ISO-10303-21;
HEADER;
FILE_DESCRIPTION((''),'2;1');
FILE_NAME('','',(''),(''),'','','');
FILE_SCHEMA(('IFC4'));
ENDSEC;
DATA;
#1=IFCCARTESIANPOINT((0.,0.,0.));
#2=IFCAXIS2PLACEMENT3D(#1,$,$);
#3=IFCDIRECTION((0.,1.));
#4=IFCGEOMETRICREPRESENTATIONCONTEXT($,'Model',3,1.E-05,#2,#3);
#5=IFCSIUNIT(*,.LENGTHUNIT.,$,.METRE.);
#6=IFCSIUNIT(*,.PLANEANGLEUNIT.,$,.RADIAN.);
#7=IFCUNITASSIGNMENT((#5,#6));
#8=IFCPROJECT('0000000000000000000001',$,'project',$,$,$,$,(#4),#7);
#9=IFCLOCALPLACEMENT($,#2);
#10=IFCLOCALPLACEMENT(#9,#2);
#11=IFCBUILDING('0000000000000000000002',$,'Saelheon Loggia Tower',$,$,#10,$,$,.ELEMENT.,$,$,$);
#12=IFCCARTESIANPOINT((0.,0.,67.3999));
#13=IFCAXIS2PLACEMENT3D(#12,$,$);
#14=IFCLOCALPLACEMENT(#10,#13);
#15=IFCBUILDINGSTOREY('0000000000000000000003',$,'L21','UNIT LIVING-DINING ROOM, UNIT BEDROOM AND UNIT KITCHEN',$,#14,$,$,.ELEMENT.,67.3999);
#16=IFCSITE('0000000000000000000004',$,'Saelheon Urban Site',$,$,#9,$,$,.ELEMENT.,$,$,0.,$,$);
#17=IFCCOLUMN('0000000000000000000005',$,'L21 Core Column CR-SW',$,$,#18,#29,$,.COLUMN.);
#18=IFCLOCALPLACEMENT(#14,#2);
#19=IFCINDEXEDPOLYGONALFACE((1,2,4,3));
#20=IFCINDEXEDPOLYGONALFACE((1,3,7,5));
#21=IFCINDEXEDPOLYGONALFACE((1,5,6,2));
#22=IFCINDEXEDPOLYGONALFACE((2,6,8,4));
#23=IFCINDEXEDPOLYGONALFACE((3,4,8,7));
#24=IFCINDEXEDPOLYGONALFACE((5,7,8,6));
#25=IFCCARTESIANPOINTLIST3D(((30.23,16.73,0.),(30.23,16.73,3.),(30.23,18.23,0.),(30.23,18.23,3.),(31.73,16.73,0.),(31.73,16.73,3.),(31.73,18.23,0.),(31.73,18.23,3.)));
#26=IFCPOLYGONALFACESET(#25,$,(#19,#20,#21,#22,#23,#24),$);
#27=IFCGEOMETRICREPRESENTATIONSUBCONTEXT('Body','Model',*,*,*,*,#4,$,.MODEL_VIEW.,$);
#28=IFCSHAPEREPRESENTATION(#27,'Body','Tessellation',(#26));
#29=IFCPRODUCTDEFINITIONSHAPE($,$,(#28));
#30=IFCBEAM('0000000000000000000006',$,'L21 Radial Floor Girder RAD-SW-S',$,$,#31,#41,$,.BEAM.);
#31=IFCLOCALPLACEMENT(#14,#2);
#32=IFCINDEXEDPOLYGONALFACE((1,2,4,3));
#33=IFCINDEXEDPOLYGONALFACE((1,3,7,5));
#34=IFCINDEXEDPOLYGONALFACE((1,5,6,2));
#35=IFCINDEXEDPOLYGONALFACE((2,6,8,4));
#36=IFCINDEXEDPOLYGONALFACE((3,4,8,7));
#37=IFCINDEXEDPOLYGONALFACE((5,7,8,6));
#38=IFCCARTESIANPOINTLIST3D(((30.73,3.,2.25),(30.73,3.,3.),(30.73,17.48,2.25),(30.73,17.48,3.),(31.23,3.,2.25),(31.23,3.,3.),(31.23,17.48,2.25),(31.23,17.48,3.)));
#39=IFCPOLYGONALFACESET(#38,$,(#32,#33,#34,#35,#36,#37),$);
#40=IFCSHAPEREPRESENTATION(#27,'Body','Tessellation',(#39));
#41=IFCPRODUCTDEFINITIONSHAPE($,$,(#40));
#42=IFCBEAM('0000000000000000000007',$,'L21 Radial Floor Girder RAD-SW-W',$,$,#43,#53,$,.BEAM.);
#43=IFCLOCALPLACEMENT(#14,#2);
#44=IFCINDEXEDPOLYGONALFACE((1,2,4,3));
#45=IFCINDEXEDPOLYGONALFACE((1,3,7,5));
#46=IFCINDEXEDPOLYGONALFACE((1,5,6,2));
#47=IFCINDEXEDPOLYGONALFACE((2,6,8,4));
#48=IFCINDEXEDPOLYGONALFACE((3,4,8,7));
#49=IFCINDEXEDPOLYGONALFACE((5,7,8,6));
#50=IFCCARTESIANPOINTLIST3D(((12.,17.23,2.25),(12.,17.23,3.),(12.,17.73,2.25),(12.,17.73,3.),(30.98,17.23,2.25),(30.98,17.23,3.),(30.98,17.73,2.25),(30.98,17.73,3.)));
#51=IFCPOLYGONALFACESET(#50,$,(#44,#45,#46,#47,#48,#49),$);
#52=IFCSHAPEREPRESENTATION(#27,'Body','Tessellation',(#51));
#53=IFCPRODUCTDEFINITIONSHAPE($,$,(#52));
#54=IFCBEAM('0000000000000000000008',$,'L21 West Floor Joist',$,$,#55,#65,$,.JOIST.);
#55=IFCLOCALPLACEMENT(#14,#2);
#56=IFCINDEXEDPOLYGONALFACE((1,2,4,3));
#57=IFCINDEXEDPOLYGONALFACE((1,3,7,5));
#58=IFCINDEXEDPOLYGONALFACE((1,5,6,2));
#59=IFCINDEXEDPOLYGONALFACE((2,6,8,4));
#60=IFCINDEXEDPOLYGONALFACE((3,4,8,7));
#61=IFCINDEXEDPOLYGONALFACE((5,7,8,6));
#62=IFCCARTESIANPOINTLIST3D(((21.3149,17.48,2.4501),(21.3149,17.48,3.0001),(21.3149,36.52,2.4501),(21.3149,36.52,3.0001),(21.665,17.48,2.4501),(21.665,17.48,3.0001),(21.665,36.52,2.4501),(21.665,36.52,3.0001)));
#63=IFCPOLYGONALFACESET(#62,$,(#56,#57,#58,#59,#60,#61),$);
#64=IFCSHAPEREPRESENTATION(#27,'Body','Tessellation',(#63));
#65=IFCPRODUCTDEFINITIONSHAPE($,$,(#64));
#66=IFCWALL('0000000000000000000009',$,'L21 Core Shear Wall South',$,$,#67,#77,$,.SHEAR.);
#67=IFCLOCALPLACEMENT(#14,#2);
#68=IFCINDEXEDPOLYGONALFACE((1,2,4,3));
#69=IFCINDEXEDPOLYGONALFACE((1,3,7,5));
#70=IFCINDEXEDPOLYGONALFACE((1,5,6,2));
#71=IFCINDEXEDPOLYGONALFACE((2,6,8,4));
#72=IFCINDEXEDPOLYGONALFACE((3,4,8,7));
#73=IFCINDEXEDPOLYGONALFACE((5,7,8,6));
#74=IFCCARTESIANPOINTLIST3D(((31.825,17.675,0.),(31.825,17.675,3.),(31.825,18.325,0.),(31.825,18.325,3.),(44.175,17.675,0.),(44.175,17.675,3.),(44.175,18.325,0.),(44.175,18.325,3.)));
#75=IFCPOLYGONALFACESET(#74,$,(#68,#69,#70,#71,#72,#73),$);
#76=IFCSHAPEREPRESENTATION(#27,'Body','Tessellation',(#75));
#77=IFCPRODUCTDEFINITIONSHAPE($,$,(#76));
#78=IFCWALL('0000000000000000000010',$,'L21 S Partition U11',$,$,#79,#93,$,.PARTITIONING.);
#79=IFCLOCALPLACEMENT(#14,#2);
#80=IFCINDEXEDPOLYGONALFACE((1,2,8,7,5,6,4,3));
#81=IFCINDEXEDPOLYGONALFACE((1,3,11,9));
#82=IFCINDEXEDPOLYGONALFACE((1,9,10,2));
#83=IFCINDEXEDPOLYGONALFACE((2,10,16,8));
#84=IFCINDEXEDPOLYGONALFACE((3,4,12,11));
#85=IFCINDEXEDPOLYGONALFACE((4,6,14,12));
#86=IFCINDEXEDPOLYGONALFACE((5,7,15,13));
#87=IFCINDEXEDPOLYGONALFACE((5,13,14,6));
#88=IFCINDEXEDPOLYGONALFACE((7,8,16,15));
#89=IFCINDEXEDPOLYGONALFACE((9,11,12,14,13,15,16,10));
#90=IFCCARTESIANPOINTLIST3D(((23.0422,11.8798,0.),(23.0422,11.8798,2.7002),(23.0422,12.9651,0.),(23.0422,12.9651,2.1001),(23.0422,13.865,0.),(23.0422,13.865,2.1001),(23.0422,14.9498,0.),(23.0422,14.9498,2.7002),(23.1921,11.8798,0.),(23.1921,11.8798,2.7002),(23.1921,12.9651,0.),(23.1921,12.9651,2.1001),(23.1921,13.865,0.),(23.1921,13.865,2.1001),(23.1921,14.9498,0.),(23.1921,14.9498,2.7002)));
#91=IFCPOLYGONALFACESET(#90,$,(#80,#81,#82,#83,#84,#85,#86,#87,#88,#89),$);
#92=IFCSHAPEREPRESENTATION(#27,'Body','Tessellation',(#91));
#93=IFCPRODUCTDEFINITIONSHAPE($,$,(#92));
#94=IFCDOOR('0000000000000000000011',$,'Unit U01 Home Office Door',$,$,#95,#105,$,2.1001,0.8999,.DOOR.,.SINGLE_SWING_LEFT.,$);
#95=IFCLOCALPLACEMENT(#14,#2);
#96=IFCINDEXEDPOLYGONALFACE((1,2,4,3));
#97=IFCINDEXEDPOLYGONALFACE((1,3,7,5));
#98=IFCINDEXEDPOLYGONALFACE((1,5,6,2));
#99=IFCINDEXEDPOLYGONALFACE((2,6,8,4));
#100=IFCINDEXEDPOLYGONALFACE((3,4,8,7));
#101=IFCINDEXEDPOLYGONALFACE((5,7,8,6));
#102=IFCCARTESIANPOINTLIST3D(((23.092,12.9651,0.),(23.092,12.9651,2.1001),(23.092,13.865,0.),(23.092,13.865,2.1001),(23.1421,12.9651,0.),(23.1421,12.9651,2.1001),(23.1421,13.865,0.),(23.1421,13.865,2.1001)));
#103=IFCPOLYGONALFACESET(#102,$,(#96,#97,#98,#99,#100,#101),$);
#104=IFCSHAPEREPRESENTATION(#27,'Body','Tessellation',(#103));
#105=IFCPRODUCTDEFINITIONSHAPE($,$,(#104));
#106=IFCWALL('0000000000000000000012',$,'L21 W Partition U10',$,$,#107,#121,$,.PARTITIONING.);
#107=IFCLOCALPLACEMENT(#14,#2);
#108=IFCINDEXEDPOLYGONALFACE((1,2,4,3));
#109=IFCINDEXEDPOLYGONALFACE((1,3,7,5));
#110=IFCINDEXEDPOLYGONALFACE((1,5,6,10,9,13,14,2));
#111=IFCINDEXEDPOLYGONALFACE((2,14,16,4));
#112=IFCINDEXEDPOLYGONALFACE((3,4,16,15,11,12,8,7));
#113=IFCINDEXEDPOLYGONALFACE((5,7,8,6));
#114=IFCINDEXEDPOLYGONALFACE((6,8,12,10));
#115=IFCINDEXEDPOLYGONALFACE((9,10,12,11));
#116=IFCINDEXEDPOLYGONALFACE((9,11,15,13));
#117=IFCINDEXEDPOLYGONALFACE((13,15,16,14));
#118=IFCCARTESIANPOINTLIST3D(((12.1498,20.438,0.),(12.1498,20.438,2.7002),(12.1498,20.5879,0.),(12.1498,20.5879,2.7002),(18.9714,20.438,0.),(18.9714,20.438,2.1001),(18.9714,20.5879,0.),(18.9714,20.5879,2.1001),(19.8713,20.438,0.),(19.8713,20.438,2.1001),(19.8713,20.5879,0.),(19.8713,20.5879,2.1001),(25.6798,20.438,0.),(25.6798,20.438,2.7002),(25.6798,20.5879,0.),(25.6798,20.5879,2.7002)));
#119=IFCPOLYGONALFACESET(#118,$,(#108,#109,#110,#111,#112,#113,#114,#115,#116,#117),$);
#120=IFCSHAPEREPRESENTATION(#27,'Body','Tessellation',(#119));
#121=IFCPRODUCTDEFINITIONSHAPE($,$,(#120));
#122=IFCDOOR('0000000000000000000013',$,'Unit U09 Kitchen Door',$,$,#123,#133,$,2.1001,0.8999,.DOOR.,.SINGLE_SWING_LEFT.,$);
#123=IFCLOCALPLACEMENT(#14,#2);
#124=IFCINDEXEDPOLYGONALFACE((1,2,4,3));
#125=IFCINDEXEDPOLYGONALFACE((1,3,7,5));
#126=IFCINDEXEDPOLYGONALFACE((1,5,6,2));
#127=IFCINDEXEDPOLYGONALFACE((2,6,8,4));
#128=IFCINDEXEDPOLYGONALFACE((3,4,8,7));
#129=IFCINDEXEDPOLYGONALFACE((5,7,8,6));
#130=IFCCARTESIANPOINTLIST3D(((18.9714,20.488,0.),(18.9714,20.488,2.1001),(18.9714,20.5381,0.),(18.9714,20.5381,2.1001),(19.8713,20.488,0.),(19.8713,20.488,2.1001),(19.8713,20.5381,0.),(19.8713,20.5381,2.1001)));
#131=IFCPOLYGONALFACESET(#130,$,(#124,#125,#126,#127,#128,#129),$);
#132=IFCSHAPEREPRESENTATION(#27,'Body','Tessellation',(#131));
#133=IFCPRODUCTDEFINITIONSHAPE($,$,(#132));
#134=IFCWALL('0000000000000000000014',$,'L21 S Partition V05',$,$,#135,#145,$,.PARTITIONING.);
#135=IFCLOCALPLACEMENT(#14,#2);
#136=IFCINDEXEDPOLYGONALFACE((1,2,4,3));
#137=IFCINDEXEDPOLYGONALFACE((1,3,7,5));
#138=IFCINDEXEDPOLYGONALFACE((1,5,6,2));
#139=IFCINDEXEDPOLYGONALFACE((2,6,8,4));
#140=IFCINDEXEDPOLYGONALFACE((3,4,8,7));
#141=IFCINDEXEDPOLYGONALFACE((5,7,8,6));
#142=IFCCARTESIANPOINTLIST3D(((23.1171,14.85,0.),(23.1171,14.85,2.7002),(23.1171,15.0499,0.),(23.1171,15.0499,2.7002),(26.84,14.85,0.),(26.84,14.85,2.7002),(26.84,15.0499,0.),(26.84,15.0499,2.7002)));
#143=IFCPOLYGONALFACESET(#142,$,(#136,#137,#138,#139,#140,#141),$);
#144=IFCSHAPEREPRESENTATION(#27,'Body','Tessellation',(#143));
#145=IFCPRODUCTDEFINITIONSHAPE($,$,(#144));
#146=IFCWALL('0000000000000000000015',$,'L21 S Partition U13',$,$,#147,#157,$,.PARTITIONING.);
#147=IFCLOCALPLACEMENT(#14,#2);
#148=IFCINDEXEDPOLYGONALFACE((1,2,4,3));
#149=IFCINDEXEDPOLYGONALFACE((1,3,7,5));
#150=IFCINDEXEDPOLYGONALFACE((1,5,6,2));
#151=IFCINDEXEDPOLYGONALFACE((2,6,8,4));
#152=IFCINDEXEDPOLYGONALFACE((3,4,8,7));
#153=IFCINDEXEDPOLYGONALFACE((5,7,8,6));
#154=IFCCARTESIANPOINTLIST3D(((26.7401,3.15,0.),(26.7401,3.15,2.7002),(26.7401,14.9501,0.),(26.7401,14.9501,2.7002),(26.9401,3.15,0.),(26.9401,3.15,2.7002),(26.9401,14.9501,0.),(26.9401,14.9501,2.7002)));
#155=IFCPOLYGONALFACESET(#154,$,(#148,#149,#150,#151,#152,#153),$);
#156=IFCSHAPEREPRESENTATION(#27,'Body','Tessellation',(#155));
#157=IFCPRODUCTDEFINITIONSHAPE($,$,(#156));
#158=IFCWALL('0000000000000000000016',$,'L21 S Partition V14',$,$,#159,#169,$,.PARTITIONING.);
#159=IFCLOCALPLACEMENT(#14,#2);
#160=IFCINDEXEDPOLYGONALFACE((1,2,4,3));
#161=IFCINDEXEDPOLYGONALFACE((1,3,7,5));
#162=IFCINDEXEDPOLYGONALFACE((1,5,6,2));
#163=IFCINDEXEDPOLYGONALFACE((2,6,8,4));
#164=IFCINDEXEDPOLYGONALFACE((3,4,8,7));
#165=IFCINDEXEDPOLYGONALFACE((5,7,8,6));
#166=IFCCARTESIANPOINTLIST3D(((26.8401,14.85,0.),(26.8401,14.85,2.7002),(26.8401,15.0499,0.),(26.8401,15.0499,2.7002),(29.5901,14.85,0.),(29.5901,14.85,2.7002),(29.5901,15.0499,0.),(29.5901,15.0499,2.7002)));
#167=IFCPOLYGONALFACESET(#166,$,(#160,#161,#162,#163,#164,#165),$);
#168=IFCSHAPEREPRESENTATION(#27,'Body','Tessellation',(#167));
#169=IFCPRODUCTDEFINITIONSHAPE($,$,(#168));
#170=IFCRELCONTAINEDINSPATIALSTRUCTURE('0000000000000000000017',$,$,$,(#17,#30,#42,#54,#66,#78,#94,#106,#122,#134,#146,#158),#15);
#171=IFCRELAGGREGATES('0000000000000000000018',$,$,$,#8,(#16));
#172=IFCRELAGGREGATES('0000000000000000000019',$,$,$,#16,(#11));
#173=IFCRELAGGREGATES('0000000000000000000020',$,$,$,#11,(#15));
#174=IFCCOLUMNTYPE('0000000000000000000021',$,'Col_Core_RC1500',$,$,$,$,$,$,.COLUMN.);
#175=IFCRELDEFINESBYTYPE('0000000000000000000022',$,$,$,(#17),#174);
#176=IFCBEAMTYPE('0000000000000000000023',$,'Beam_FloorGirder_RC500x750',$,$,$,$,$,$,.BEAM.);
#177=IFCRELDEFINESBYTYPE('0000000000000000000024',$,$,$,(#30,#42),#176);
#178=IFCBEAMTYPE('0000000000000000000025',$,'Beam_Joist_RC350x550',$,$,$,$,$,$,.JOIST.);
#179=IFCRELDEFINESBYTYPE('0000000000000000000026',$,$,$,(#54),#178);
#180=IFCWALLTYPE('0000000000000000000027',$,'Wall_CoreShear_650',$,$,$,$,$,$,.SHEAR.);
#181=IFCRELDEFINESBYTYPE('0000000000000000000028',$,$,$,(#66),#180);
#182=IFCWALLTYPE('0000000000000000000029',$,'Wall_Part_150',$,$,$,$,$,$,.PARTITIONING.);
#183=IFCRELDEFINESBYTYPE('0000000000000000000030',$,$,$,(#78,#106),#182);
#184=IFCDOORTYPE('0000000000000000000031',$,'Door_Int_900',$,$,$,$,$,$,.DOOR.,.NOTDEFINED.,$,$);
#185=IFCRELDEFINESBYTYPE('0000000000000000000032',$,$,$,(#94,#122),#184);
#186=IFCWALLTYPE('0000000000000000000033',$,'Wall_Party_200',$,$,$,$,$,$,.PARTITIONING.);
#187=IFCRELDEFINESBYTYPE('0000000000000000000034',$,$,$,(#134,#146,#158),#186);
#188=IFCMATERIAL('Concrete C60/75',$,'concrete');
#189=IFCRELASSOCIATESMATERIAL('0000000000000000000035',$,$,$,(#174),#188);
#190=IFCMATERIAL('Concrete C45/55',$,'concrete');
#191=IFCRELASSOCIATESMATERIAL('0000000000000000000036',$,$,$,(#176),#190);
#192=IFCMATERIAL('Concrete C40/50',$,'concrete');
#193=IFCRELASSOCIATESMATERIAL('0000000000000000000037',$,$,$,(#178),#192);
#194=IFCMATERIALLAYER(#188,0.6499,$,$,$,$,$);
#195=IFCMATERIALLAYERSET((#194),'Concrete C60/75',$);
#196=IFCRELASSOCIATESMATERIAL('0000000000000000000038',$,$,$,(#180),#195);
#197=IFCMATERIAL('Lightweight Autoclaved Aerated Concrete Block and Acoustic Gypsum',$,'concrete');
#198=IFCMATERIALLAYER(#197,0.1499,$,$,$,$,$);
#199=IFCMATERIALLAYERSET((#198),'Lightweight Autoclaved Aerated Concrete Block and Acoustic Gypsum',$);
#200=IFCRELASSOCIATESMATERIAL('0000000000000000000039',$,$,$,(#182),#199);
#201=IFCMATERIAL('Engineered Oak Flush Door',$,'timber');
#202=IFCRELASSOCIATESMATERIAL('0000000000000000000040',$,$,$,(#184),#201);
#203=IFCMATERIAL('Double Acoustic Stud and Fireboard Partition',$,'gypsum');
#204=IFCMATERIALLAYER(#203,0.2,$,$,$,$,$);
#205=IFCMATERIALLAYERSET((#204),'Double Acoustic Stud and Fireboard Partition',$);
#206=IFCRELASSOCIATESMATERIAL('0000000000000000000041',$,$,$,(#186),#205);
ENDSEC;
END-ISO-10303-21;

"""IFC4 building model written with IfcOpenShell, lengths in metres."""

from ifc_helpers import new_model, si_unit, direction, frame, frame_2d, origin, origin_2d, place, context, subcontext, project, spatial, rectangle, extrude, source, transform, mapped, material, layer, layer_set, material_profile, profile_set, type_object, element, fill, save


model = new_model("IFC4")

# Units and contexts
model_context = context("Model", 3, precision=1e-05, world=origin(), true_north=direction((0.0, 1.0)))
body_context = subcontext(model_context, "Body", "Model", "MODEL_VIEW")
ifc_project = project(units=[si_unit("LENGTHUNIT", "METRE"), si_unit("PLANEANGLEUNIT", "RADIAN")], contexts=[model_context])

# Site, building, storey
site_placement = place(None, origin())
site = spatial("IfcSite", under=ifc_project, at=site_placement, Name="Saelheon Urban Site", CompositionType="ELEMENT", RefElevation=0.0)
building_placement = place(site_placement, origin())
building = spatial("IfcBuilding", under=site, at=building_placement, Name="Saelheon Loggia Tower", CompositionType="ELEMENT")
storey_placement = place(building_placement, frame((0.0, 0.0, 67.3999)))
storey = spatial("IfcBuildingStorey", under=building, at=storey_placement, Name="L21", Description="UNIT LIVING-DINING ROOM, UNIT BEDROOM AND UNIT KITCHEN", CompositionType="ELEMENT", Elevation=67.3999)

# Column
ifc_material_1 = material(Name="Concrete C60/75", Category="concrete")
ifc_material_profile_1 = material_profile(ifc_material_1, rectangle(XDim=1.5, YDim=1.5, at=origin_2d()), Name="RC-1500x1500")
ifc_profile_set_1 = profile_set([ifc_material_profile_1], Name="Concrete C60/75")
column_type = type_object("IfcColumnType", Name="Col_Core_RC1500", PredefinedType="COLUMN", material=ifc_profile_set_1)
shared_shape_1 = source(origin(), body_context, "Body", "SweptSolid", [
    extrude(rectangle(XDim=1.5, YDim=1.5, at=origin_2d()), origin(), (0.0, 0.0, 1.0), 3.0),
])
column_placement = place(storey_placement, frame((30.98, 17.48, 0.0), z_axis=(0.0, 0.0, 1.0), x_axis=(1.0, 0.0, 0.0)))
element("IfcColumn", 1, at=column_placement, inside=storey, type_object=column_type, Name="L21 Core Column CR-SW", PredefinedType="COLUMN", context=body_context, shape_type="MappedRepresentation", body=[
    mapped(shared_shape_1, transform((0.0, 0.0, 0.0), scale=1.0)),
])

# Beams
ifc_material_2 = material(Name="Concrete C45/55", Category="concrete")
ifc_material_profile_2 = material_profile(ifc_material_2, rectangle(XDim=0.5, YDim=0.75, at=origin_2d()), Name="RC-500x750")
ifc_profile_set_2 = profile_set([ifc_material_profile_2], Name="Concrete C45/55")
beam_type_1 = type_object("IfcBeamType", Name="Beam_FloorGirder_RC500x750", PredefinedType="BEAM", material=ifc_profile_set_2)
shared_shape_2 = source(origin(), body_context, "Body", "SweptSolid", [
    extrude(rectangle(XDim=0.5, YDim=0.75, at=origin_2d()), origin(), (0.0, 0.0, 1.0), 14.48),
])
beam_1_placement = place(storey_placement, frame((30.98, 17.48, 2.625), z_axis=(0.0, -1.0, 0.0), x_axis=(1.0, 0.0, 0.0)))
element("IfcBeam", 2, at=beam_1_placement, inside=storey, type_object=beam_type_1, Name="L21 Radial Floor Girder RAD-SW-S", PredefinedType="BEAM", context=body_context, shape_type="MappedRepresentation", body=[
    mapped(shared_shape_2, transform((0.0, 0.0, 0.0), scale=1.0)),
])
shared_shape_3 = source(origin(), body_context, "Body", "SweptSolid", [
    extrude(rectangle(XDim=0.5, YDim=0.75, at=origin_2d()), origin(), (0.0, 0.0, 1.0), 18.98),
])
beam_2_placement = place(storey_placement, frame((30.98, 17.48, 2.625), z_axis=(-1.0, 0.0, 0.0), x_axis=(0.0, -1.0, 0.0)))
element("IfcBeam", 3, at=beam_2_placement, inside=storey, type_object=beam_type_1, Name="L21 Radial Floor Girder RAD-SW-W", PredefinedType="BEAM", context=body_context, shape_type="MappedRepresentation", body=[
    mapped(shared_shape_3, transform((0.0, 0.0, 0.0), scale=1.0)),
])
ifc_material_3 = material(Name="Concrete C40/50", Category="concrete")
ifc_material_profile_3 = material_profile(ifc_material_3, rectangle(XDim=0.3501, YDim=0.55, at=origin_2d()), Name="RC-350x550")
ifc_profile_set_3 = profile_set([ifc_material_profile_3], Name="Concrete C40/50")
beam_type_2 = type_object("IfcBeamType", Name="Beam_Joist_RC350x550", PredefinedType="JOIST", material=ifc_profile_set_3)
shared_shape_4 = source(origin(), body_context, "Body", "SweptSolid", [
    extrude(rectangle(XDim=0.3501, YDim=0.55, at=origin_2d()), origin(), (0.0, 0.0, 1.0), 19.04),
])
beam_3_placement = place(storey_placement, frame((21.49, 17.48, 2.7251), z_axis=(0.0, 1.0, 0.0), x_axis=(-1.0, 0.0, 0.0)))
element("IfcBeam", 4, at=beam_3_placement, inside=storey, type_object=beam_type_2, Name="L21 West Floor Joist", PredefinedType="JOIST", context=body_context, shape_type="MappedRepresentation", body=[
    mapped(shared_shape_4, transform((0.0, 0.0, 0.0), scale=1.0)),
])

# Shared definitions
ifc_layer_1 = layer(ifc_material_1, 0.6499)
ifc_layer_set_1 = layer_set([ifc_layer_1], Name="Concrete C60/75")
wall_type_1 = type_object("IfcWallType", Name="Wall_CoreShear_650", PredefinedType="SHEAR", material=ifc_layer_set_1)

# Wall
wall_1_placement = place(storey_placement, frame((31.825, 18.0, 0.0), z_axis=(0.0, 0.0, 1.0), x_axis=(1.0, 0.0, 0.0)))
element("IfcWall", 5, at=wall_1_placement, inside=storey, type_object=wall_type_1, Name="L21 Core Shear Wall South", PredefinedType="SHEAR", context=body_context, shape_type="SweptSolid", body=[
    extrude(rectangle(XDim=12.3501, YDim=0.6499, at=frame_2d((6.175, 0.0))), origin(), (0.0, 0.0, 1.0), 3.0),
])

# Walls, openings, doors
ifc_material_4 = material(Name="Lightweight Autoclaved Aerated Concrete Block and Acoustic Gypsum", Category="concrete")
ifc_layer_2 = layer(ifc_material_4, 0.1499)
ifc_layer_set_2 = layer_set([ifc_layer_2], Name="Lightweight Autoclaved Aerated Concrete Block and Acoustic Gypsum")
wall_type_2 = type_object("IfcWallType", Name="Wall_Part_150", PredefinedType="PARTITIONING", material=ifc_layer_set_2)
wall_2_placement = place(storey_placement, frame((23.1172, 14.95, 0.0), z_axis=(0.0, 0.0, 1.0), x_axis=(0.0, -1.0, 0.0)))
wall_2 = element("IfcWall", 6, at=wall_2_placement, inside=storey, type_object=wall_type_2, Name="L21 S Partition U11", PredefinedType="PARTITIONING", context=body_context, shape_type="SweptSolid", body=[
    extrude(rectangle(XDim=3.0701, YDim=0.1499, at=frame_2d((1.5352, 0.0))), origin(), (0.0, 0.0, 1.0), 2.7002),
])
opening_1_placement = place(wall_2_placement, frame((1.085, 0.0, 0.0)))
opening_1 = element("IfcOpeningElement", 7, at=opening_1_placement, cuts=wall_2, PredefinedType="OPENING", context=body_context, shape_type="SweptSolid", body=[
    extrude(rectangle(XDim=0.8999, YDim=2.1001, at=frame_2d((0.45, 1.05))), frame((0.0, 0.0869, 0.0), z_axis=(0.0, -1.0, 0.0), x_axis=(1.0, 0.0, 0.0)), (0.0, 0.0, 1.0), 0.1738),
])
ifc_material_5 = material(Name="Engineered Oak Flush Door", Category="timber")
door_type_1 = type_object("IfcDoorType", Name="Door_Int_900", OperationType="NOTDEFINED", PredefinedType="DOOR", material=ifc_material_5)
shared_shape_5 = source(origin(), body_context, "Body", "SweptSolid", [
    extrude(rectangle(XDim=0.8999, YDim=2.1001, at=frame_2d((0.45, 1.05))), frame((0.0, 0.0249, 0.0), z_axis=(0.0, -1.0, 0.0), x_axis=(1.0, 0.0, 0.0)), (0.0, 0.0, 1.0), 0.05),
])
door_1_placement = place(opening_1_placement, origin())
door_1 = element("IfcDoor", 8, at=door_1_placement, inside=storey, type_object=door_type_1, Name="Unit U01 Home Office Door", OperationType="SINGLE_SWING_LEFT", OverallHeight=2.1001, OverallWidth=0.8999, PredefinedType="DOOR", context=body_context, shape_type="MappedRepresentation", body=[
    mapped(shared_shape_5, transform((0.0, 0.0, 0.0), scale=1.0)),
])
fill(opening_1, door_1)
wall_3_placement = place(storey_placement, frame((25.6799, 20.5129, 0.0), z_axis=(0.0, 0.0, 1.0), x_axis=(-1.0, 0.0, 0.0)))
wall_3 = element("IfcWall", 9, at=wall_3_placement, inside=storey, type_object=wall_type_2, Name="L21 W Partition U10", PredefinedType="PARTITIONING", context=body_context, shape_type="SweptSolid", body=[
    extrude(rectangle(XDim=13.53, YDim=0.1499, at=frame_2d((6.7651, 0.0))), origin(), (0.0, 0.0, 1.0), 2.7002),
])
opening_2_placement = place(wall_3_placement, frame((5.8086, 0.0, 0.0)))
opening_2 = element("IfcOpeningElement", 10, at=opening_2_placement, cuts=wall_3, PredefinedType="OPENING", context=body_context, shape_type="SweptSolid", body=[
    extrude(rectangle(XDim=0.8999, YDim=2.1001, at=frame_2d((0.45, 1.05))), frame((0.0, 0.0869, 0.0), z_axis=(0.0, -1.0, 0.0), x_axis=(1.0, 0.0, 0.0)), (0.0, 0.0, 1.0), 0.1738),
])
door_2_placement = place(opening_2_placement, origin())
door_2 = element("IfcDoor", 11, at=door_2_placement, inside=storey, type_object=door_type_1, Name="Unit U09 Kitchen Door", OperationType="SINGLE_SWING_LEFT", OverallHeight=2.1001, OverallWidth=0.8999, PredefinedType="DOOR", context=body_context, shape_type="MappedRepresentation", body=[
    mapped(shared_shape_5, transform((0.0, 0.0, 0.0), scale=1.0)),
])
fill(opening_2, door_2)

# Walls
ifc_material_6 = material(Name="Double Acoustic Stud and Fireboard Partition", Category="gypsum")
ifc_layer_3 = layer(ifc_material_6, 0.2)
ifc_layer_set_3 = layer_set([ifc_layer_3], Name="Double Acoustic Stud and Fireboard Partition")
wall_type_3 = type_object("IfcWallType", Name="Wall_Party_200", PredefinedType="PARTITIONING", material=ifc_layer_set_3)
wall_4_placement = place(storey_placement, frame((23.1172, 14.95, 0.0), z_axis=(0.0, 0.0, 1.0), x_axis=(1.0, 0.0, 0.0)))
element("IfcWall", 12, at=wall_4_placement, inside=storey, type_object=wall_type_3, Name="L21 S Partition V05", PredefinedType="PARTITIONING", context=body_context, shape_type="SweptSolid", body=[
    extrude(rectangle(XDim=3.7229, YDim=0.2, at=frame_2d((1.8613, 0.0))), origin(), (0.0, 0.0, 1.0), 2.7002),
])
wall_5_placement = place(storey_placement, frame((26.8401, 14.95, 0.0), z_axis=(0.0, 0.0, 1.0), x_axis=(0.0, -1.0, 0.0)))
element("IfcWall", 13, at=wall_5_placement, inside=storey, type_object=wall_type_3, Name="L21 S Partition U13", PredefinedType="PARTITIONING", context=body_context, shape_type="SweptSolid", body=[
    extrude(rectangle(XDim=11.8, YDim=0.2, at=frame_2d((5.8999, 0.0))), origin(), (0.0, 0.0, 1.0), 2.7002),
])
wall_6_placement = place(storey_placement, frame((26.8401, 14.95, 0.0), z_axis=(0.0, 0.0, 1.0), x_axis=(1.0, 0.0, 0.0)))
element("IfcWall", 14, at=wall_6_placement, inside=storey, type_object=wall_type_3, Name="L21 S Partition V14", PredefinedType="PARTITIONING", context=body_context, shape_type="SweptSolid", body=[
    extrude(rectangle(XDim=2.75, YDim=0.2, at=frame_2d((1.375, 0.0))), origin(), (0.0, 0.0, 1.0), 2.7002),
])

save(model, "model.ifc")
